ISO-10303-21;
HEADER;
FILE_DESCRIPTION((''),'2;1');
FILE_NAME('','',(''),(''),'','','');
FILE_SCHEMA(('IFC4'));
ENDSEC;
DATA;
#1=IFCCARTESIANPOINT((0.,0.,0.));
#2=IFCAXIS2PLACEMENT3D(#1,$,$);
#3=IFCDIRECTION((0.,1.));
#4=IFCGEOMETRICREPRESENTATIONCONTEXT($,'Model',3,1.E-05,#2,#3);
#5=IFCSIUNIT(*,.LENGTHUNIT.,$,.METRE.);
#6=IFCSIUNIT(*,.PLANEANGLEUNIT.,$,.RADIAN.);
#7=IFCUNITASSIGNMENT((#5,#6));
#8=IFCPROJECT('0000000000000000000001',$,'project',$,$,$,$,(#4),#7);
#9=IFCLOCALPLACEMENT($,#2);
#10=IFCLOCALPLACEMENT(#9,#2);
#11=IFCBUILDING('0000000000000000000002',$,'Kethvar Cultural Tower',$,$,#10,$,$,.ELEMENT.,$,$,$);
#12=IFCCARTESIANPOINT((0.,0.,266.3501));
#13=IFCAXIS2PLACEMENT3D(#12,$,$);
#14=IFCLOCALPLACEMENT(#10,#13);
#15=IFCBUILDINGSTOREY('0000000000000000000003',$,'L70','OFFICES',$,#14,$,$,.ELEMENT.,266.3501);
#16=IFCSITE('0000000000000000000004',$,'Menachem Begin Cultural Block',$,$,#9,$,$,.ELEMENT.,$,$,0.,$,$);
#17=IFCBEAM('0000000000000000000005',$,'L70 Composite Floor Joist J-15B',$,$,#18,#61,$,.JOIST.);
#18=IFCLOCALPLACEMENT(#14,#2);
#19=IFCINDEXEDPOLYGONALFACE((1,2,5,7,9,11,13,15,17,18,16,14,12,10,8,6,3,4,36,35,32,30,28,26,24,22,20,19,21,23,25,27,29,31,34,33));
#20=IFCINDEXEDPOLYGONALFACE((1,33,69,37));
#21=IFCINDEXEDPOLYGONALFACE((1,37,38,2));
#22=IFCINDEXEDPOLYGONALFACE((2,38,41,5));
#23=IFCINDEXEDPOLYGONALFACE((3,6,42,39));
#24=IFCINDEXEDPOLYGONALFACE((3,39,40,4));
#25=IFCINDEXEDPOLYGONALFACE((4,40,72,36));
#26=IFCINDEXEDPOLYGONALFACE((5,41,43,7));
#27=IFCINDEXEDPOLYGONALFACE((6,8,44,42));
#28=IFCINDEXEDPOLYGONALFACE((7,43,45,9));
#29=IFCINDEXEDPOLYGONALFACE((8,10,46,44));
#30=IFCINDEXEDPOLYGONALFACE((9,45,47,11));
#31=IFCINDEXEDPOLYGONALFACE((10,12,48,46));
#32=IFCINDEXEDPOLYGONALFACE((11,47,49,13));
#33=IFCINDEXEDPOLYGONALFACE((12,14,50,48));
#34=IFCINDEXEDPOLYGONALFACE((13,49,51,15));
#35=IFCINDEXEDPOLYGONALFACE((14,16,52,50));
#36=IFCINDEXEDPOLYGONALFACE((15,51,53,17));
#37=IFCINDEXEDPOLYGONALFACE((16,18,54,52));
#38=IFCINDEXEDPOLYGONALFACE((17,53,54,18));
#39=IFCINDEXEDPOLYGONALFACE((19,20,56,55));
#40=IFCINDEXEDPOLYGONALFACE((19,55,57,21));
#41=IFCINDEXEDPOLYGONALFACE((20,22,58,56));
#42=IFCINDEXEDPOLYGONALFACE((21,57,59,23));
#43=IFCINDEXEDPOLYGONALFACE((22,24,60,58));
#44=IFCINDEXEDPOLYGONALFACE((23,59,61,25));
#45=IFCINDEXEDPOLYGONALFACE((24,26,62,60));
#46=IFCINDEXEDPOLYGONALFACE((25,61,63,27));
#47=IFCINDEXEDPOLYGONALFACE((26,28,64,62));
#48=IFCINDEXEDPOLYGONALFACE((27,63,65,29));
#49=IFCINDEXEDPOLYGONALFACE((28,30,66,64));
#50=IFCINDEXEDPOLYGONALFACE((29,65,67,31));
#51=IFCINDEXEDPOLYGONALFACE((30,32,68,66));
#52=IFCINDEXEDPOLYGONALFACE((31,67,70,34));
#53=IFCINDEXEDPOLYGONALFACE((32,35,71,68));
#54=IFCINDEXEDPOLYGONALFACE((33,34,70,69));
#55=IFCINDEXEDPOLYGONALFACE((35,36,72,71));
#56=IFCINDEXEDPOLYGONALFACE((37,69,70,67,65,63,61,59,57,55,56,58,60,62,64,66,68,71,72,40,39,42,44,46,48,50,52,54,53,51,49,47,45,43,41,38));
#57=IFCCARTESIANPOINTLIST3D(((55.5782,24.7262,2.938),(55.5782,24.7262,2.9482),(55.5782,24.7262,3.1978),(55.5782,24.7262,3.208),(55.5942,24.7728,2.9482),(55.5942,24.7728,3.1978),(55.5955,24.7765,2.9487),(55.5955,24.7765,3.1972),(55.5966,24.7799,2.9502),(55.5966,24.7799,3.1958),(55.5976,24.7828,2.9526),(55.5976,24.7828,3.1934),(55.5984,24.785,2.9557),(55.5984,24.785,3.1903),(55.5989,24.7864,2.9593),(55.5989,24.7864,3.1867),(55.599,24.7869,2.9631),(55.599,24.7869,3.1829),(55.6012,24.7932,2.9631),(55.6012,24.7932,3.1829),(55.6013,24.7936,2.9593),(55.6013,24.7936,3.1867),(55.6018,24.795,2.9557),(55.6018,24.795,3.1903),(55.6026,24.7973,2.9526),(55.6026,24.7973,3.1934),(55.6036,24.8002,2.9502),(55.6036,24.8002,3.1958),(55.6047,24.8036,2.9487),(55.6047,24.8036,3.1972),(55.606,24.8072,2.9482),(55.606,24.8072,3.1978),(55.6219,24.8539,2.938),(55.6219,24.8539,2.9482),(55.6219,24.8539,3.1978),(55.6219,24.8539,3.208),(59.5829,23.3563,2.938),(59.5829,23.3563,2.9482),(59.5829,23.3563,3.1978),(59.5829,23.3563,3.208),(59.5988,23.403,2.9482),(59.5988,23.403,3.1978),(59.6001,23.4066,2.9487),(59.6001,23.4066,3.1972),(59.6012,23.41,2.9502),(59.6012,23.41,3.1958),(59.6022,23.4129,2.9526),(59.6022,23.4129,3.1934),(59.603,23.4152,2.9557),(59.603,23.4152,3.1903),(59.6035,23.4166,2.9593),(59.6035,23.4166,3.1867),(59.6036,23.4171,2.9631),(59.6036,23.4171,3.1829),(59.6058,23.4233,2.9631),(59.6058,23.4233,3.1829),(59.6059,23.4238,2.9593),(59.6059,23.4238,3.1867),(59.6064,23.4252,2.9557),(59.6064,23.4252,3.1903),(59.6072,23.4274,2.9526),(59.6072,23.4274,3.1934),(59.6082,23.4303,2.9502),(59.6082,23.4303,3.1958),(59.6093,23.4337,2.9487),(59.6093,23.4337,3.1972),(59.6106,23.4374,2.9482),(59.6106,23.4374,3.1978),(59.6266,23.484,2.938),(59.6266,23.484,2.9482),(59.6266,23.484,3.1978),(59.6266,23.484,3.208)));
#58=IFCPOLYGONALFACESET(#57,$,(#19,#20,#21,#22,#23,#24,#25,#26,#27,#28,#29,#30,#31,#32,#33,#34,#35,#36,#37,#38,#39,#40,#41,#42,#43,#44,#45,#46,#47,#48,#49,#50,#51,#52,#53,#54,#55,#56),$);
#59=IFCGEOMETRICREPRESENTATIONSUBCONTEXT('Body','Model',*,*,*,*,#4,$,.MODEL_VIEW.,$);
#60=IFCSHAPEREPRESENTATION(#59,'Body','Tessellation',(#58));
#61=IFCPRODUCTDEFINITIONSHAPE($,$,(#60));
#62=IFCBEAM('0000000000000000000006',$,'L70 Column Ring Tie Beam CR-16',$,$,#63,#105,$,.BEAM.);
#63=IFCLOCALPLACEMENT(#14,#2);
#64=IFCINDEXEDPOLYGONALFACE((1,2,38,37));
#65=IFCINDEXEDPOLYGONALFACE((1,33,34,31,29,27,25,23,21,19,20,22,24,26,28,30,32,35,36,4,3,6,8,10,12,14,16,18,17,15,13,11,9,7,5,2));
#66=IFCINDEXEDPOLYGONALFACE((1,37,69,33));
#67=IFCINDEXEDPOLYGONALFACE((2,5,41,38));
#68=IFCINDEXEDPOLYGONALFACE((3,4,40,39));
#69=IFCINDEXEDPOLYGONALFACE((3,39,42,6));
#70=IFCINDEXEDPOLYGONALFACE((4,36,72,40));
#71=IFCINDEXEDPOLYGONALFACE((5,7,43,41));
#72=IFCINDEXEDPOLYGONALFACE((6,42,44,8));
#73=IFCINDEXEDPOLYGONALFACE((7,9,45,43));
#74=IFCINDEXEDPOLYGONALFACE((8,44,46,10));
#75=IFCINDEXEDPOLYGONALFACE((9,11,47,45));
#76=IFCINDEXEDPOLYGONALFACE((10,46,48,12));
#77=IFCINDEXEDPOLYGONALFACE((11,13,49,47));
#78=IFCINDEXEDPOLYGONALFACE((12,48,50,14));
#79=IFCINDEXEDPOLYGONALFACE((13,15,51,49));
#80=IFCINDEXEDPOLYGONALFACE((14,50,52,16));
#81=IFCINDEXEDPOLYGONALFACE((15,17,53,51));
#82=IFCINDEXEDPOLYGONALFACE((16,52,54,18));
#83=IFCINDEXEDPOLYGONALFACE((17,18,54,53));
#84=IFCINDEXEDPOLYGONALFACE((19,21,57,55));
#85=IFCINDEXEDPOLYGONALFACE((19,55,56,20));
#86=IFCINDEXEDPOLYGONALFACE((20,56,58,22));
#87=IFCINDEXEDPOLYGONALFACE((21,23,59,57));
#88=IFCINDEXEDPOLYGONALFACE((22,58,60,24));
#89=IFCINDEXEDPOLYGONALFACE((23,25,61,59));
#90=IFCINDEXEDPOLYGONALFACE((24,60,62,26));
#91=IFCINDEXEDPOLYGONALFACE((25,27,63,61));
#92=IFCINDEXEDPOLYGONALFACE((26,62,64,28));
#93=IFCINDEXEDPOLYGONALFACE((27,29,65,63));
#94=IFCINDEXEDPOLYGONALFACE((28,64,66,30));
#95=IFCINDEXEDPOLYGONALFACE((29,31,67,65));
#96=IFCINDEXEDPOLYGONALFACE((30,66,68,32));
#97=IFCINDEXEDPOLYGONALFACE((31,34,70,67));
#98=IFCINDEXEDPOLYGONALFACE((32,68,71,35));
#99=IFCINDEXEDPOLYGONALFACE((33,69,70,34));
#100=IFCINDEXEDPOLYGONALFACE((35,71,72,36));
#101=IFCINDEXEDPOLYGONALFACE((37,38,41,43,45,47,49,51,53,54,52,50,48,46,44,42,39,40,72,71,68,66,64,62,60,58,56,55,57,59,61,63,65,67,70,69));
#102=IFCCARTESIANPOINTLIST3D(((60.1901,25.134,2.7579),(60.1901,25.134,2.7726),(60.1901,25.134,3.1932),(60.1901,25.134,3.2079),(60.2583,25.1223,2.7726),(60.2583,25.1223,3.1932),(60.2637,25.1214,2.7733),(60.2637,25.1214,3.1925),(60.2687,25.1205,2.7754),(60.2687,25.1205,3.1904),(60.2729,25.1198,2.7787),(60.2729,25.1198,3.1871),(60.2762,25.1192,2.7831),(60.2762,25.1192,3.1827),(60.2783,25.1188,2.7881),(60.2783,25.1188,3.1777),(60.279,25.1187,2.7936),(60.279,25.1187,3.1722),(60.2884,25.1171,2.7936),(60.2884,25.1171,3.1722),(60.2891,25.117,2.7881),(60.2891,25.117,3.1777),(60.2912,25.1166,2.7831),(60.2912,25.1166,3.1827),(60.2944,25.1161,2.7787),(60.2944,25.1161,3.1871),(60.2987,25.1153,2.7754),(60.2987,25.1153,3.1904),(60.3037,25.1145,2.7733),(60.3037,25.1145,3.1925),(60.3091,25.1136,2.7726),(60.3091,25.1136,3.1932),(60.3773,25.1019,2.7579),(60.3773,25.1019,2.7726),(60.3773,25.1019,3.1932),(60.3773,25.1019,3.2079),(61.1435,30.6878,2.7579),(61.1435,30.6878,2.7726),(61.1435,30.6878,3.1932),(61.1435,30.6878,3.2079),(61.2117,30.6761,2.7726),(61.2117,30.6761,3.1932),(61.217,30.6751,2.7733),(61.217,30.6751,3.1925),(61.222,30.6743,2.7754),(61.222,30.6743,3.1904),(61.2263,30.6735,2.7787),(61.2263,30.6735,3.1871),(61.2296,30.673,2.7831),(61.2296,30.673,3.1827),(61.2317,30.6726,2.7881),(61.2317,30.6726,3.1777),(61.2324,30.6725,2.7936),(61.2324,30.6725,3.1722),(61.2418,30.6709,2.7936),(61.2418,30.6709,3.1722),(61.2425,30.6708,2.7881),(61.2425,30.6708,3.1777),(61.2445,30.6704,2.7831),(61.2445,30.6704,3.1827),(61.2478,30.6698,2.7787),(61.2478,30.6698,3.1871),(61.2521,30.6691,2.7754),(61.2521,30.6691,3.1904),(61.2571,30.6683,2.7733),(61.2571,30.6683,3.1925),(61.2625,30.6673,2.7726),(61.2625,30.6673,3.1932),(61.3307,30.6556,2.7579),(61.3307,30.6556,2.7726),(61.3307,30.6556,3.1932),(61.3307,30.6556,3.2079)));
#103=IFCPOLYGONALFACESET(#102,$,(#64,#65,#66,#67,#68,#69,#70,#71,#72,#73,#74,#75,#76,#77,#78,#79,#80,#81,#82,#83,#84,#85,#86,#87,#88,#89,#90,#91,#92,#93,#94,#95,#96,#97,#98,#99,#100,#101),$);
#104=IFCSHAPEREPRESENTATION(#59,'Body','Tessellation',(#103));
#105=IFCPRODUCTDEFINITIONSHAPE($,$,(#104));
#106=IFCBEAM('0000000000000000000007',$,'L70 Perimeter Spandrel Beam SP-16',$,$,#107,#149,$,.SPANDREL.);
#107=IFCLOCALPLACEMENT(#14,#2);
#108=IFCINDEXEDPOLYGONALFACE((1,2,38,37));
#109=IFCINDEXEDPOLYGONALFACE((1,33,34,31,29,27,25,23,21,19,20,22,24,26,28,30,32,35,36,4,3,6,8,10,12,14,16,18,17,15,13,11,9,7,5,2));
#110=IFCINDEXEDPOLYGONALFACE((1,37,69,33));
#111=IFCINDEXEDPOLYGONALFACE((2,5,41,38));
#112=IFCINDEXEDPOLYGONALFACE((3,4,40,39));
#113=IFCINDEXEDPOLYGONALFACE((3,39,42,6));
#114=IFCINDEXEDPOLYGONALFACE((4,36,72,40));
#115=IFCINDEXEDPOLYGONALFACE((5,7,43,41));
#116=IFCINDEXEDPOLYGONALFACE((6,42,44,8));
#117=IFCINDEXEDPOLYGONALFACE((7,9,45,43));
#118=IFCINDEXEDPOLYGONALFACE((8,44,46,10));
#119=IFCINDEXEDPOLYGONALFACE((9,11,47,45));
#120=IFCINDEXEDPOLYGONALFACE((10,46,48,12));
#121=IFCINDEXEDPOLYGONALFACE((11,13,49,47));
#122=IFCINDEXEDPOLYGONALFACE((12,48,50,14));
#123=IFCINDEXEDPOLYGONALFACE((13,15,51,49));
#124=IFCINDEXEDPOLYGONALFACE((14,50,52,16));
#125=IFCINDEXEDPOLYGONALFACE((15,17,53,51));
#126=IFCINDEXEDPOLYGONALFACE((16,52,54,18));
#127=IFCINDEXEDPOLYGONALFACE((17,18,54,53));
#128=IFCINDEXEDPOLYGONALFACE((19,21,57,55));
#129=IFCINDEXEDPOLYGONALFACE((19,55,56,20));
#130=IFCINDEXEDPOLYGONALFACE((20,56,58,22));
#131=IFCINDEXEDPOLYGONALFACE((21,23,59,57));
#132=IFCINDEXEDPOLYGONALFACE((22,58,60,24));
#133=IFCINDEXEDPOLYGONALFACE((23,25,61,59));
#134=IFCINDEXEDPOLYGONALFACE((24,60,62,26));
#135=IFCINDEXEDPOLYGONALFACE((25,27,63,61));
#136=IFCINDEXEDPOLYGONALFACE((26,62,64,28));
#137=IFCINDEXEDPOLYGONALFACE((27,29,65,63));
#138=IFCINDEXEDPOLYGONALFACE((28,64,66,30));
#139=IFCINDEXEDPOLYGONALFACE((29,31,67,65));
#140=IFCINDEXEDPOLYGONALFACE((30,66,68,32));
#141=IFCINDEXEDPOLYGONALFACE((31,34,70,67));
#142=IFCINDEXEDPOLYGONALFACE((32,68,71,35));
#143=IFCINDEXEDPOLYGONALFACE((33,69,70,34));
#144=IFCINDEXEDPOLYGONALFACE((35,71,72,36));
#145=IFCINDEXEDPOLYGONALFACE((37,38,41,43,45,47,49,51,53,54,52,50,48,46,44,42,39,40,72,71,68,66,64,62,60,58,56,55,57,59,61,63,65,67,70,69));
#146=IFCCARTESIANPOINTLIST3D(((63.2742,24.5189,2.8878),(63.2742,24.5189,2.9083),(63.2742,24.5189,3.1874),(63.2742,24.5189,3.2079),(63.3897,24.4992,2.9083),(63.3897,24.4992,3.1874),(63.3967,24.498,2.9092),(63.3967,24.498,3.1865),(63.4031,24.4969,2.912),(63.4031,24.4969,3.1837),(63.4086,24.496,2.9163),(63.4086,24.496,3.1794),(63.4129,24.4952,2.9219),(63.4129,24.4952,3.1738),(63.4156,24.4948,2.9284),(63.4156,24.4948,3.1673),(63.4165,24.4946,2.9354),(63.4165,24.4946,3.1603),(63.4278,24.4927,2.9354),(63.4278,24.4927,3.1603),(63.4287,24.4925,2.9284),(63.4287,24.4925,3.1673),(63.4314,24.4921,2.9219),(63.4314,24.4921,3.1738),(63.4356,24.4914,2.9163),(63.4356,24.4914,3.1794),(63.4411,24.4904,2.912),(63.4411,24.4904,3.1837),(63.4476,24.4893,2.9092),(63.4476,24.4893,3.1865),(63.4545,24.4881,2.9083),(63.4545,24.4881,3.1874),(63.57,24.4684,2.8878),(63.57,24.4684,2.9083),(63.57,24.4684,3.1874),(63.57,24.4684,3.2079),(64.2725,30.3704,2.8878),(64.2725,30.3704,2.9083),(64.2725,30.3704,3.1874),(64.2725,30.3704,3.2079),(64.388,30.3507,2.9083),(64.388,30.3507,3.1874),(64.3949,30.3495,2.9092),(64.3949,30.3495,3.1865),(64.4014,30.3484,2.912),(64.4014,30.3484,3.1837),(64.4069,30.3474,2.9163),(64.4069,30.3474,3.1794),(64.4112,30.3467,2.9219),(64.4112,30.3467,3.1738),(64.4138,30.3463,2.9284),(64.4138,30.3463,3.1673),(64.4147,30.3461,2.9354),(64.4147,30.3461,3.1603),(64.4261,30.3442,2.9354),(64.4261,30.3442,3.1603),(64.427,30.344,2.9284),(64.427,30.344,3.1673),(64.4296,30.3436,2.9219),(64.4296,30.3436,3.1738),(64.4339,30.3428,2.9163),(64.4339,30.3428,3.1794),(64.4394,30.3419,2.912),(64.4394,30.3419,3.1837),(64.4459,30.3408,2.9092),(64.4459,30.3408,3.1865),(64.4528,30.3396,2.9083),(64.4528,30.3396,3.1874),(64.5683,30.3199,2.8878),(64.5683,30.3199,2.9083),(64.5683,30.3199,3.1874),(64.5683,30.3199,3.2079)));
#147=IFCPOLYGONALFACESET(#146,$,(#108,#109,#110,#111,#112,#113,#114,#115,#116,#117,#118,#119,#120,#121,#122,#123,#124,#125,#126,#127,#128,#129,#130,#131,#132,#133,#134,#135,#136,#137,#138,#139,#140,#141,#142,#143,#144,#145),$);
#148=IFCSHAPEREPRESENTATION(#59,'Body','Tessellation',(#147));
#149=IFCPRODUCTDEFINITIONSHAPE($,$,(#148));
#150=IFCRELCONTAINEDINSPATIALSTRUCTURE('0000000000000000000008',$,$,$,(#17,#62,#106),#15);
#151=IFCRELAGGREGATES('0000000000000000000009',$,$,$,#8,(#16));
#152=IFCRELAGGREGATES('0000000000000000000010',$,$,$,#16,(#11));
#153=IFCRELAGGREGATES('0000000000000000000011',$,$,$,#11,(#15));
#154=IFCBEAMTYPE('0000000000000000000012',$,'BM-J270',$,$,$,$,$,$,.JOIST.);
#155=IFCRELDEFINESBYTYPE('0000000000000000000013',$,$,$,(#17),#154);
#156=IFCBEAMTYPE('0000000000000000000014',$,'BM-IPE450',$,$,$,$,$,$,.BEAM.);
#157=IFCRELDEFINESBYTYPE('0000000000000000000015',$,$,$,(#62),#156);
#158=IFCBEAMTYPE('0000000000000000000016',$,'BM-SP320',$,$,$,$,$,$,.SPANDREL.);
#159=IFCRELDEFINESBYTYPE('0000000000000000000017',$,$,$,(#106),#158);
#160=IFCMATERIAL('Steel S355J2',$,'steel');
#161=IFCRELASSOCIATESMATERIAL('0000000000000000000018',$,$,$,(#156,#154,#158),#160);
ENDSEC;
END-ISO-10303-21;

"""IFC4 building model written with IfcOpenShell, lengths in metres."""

from ifc_helpers import new_model, si_unit, direction, frame, origin, origin_2d, place, context, subcontext, project, spatial, i_section, extrude, source, transform, mapped, material, material_profile, profile_set, type_object, element, save


model = new_model("IFC4")

# Units and contexts
model_context = context("Model", 3, precision=1e-05, world=origin(), true_north=direction((0.0, 1.0)))
body_context = subcontext(model_context, "Body", "Model", "MODEL_VIEW")
ifc_project = project(units=[si_unit("LENGTHUNIT", "METRE"), si_unit("PLANEANGLEUNIT", "RADIAN")], contexts=[model_context])

# Site, building, storey
site_placement = place(None, origin())
site = spatial("IfcSite", under=ifc_project, at=site_placement, Name="Menachem Begin Cultural Block", CompositionType="ELEMENT", RefElevation=0.0)
building_placement = place(site_placement, origin())
building = spatial("IfcBuilding", under=site, at=building_placement, Name="Kethvar Cultural Tower", CompositionType="ELEMENT")
storey_placement = place(building_placement, frame((0.0, 0.0, 266.3501)))
storey = spatial("IfcBuildingStorey", under=building, at=storey_placement, Name="L70", Description="OFFICES", CompositionType="ELEMENT", Elevation=266.3501)

# Shared definitions
ifc_material_1 = material(Name="Steel S355J2", Category="steel")

# Beams
ifc_material_profile_1 = material_profile(ifc_material_1, i_section(OverallWidth=0.1899, OverallDepth=0.45, WebThickness=0.0095, FlangeThickness=0.0146, FilletRadius=0.021, at=origin_2d()), Name="Steel S355J2 — IPE450")
ifc_profile_set_1 = profile_set([ifc_material_profile_1], Name="Steel S355J2 — IPE450")
beam_type_1 = type_object("IfcBeamType", Name="BM-IPE450", PredefinedType="BEAM", material=ifc_profile_set_1)
ifc_material_profile_2 = material_profile(ifc_material_1, i_section(OverallWidth=0.135, OverallDepth=0.27, WebThickness=0.0066, FlangeThickness=0.0103, FilletRadius=0.0149, at=origin_2d()), Name="Steel S355J2 — IPE270")
ifc_profile_set_2 = profile_set([ifc_material_profile_2], Name="Steel S355J2 — IPE270")
beam_type_2 = type_object("IfcBeamType", Name="BM-J270", PredefinedType="JOIST", material=ifc_profile_set_2)
shared_shape_1 = source(origin(), body_context, "Body", "SweptSolid", [
    extrude(i_section(OverallWidth=0.135, OverallDepth=0.27, WebThickness=0.0066, FlangeThickness=0.0103, FilletRadius=0.0149, at=origin_2d()), origin(), (0.0, 0.0, 1.0), 4.2324),
])
beam_1_placement = place(storey_placement, frame((55.6001, 24.79, 3.073), z_axis=(0.946174, -0.323659, 0.0), x_axis=(0.323659, 0.946174, 0.0)))
element("IfcBeam", 1, at=beam_1_placement, inside=storey, type_object=beam_type_2, Name="L70 Composite Floor Joist J-15B", PredefinedType="JOIST", context=body_context, shape_type="MappedRepresentation", body=[
    mapped(shared_shape_1, transform((0.0, 0.0, 0.0), scale=1.0)),
])
shared_shape_2 = source(origin(), body_context, "Body", "SweptSolid", [
    extrude(i_section(OverallWidth=0.1899, OverallDepth=0.45, WebThickness=0.0095, FlangeThickness=0.0146, FilletRadius=0.021, at=origin_2d()), origin(), (0.0, 0.0, 1.0), 5.635),
])
beam_2_placement = place(storey_placement, frame((60.2837, 25.1179, 2.9829), z_axis=(0.169189, 0.985584, 0.0), x_axis=(-0.985584, 0.169189, 0.0)))
element("IfcBeam", 2, at=beam_2_placement, inside=storey, type_object=beam_type_1, Name="L70 Column Ring Tie Beam CR-16", PredefinedType="BEAM", context=body_context, shape_type="MappedRepresentation", body=[
    mapped(shared_shape_2, transform((0.0, 0.0, 0.0), scale=1.0)),
])
ifc_material_profile_3 = material_profile(ifc_material_1, i_section(OverallWidth=0.3, OverallDepth=0.3201, WebThickness=0.0115, FlangeThickness=0.0205, FilletRadius=0.0271, at=origin_2d()), Name="Steel S355J2 — HEB320")
ifc_profile_set_3 = profile_set([ifc_material_profile_3], Name="Steel S355J2 — HEB320")
beam_type_3 = type_object("IfcBeamType", Name="BM-SP320", PredefinedType="SPANDREL", material=ifc_profile_set_3)
shared_shape_3 = source(origin(), body_context, "Body", "SweptSolid", [
    extrude(i_section(OverallWidth=0.3, OverallDepth=0.3201, WebThickness=0.0115, FlangeThickness=0.0205, FilletRadius=0.0271, at=origin_2d()), origin(), (0.0, 0.0, 1.0), 5.936),
])
beam_3_placement = place(storey_placement, frame((63.4221, 24.4937, 3.0479), z_axis=(0.168173, 0.985758, 0.0), x_axis=(-0.985758, 0.168173, 0.0)))
element("IfcBeam", 3, at=beam_3_placement, inside=storey, type_object=beam_type_3, Name="L70 Perimeter Spandrel Beam SP-16", PredefinedType="SPANDREL", context=body_context, shape_type="MappedRepresentation", body=[
    mapped(shared_shape_3, transform((0.0, 0.0, 0.0), scale=1.0)),
])

save(model, "model.ifc")
